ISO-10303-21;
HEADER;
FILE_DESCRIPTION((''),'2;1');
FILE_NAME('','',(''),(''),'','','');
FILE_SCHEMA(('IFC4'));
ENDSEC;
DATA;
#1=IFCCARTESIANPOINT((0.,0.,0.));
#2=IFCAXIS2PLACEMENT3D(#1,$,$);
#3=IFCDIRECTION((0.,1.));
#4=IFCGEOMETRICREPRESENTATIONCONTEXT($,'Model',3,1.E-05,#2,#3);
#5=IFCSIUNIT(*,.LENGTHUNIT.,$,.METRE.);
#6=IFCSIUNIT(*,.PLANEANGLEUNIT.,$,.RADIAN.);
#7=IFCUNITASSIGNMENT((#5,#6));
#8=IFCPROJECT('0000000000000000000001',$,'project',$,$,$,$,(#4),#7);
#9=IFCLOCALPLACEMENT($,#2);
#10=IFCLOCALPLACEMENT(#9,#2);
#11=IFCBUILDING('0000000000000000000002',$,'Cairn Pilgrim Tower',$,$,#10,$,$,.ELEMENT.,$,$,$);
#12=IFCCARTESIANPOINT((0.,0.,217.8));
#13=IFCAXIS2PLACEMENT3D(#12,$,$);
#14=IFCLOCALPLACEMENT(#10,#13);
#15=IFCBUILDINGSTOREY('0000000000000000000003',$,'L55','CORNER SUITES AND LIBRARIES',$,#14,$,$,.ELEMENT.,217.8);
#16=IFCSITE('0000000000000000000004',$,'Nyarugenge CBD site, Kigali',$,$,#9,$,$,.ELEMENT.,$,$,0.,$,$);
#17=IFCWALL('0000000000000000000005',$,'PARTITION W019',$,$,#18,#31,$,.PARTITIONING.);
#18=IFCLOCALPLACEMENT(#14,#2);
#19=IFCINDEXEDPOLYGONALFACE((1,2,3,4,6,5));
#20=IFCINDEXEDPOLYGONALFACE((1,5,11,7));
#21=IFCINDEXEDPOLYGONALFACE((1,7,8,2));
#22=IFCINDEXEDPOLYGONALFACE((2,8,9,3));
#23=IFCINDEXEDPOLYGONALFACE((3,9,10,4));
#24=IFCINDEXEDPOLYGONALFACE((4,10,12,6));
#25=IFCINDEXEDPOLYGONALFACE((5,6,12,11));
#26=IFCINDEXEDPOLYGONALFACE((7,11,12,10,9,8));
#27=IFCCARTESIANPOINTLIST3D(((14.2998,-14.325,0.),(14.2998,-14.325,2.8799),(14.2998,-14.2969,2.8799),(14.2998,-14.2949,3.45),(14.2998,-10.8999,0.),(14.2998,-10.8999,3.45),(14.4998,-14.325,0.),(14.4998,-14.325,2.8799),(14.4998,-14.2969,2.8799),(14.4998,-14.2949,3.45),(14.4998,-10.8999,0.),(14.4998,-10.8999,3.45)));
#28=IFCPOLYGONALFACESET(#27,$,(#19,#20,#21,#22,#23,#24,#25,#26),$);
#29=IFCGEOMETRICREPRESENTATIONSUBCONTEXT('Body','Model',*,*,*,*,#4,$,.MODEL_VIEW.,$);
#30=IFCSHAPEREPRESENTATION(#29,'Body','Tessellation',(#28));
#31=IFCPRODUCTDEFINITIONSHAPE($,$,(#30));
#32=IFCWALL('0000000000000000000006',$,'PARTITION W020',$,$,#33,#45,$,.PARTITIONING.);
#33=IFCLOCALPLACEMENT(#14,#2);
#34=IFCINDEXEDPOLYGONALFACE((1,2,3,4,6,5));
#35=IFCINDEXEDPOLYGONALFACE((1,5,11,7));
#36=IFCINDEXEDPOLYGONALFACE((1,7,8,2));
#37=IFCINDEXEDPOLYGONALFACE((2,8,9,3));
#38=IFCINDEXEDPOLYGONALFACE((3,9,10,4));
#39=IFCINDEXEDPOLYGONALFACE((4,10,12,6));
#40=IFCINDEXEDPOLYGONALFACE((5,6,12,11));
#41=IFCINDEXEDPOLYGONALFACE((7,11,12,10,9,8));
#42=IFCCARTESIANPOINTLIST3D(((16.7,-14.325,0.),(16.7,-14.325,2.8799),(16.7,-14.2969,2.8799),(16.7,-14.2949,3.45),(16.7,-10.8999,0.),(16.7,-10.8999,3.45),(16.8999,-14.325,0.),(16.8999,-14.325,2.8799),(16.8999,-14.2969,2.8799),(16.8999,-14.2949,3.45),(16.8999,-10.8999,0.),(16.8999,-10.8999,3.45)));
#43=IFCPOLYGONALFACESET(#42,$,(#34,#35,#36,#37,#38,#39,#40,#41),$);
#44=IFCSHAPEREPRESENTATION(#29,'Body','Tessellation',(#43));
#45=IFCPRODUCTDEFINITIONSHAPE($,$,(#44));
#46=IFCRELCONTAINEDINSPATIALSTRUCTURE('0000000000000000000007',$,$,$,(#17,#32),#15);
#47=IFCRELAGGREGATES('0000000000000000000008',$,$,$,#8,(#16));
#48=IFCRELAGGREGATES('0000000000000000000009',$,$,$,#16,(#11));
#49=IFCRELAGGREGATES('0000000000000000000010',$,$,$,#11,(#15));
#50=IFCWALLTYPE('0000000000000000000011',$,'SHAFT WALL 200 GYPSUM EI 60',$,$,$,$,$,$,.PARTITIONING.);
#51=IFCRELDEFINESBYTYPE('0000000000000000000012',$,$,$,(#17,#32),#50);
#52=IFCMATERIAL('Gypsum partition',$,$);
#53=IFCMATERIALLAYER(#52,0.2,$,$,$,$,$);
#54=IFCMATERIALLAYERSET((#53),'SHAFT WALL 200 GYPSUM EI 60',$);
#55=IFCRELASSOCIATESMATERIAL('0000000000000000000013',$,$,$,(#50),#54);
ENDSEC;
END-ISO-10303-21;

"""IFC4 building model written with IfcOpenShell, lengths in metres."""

from ifc_helpers import new_model, si_unit, direction, frame, origin, place, context, subcontext, project, spatial, polyline, outline, extrude, material, layer, layer_set, type_object, element, save


model = new_model("IFC4")

# Units and contexts
model_context = context("Model", 3, precision=1e-05, world=origin(), true_north=direction((0.0, 1.0)))
body_context = subcontext(model_context, "Body", "Model", "MODEL_VIEW")
ifc_project = project(units=[si_unit("LENGTHUNIT", "METRE"), si_unit("PLANEANGLEUNIT", "RADIAN")], contexts=[model_context])

# Site, building, storey
site_placement = place(None, origin())
site = spatial("IfcSite", under=ifc_project, at=site_placement, Name="Nyarugenge CBD site, Kigali", CompositionType="ELEMENT", RefElevation=0.0)
building_placement = place(site_placement, origin())
building = spatial("IfcBuilding", under=site, at=building_placement, Name="Cairn Pilgrim Tower", CompositionType="ELEMENT")
storey_placement = place(building_placement, frame((0.0, 0.0, 217.8)))
storey = spatial("IfcBuildingStorey", under=building, at=storey_placement, Name="L55", Description="CORNER SUITES AND LIBRARIES", CompositionType="ELEMENT", Elevation=217.8)

# Shared definitions
ifc_material_1 = material(Name="Gypsum partition")

# Walls
ifc_layer_1 = layer(ifc_material_1, 0.2)
ifc_layer_set_1 = layer_set([ifc_layer_1], Name="SHAFT WALL 200 GYPSUM EI 60")
wall_type_1 = type_object("IfcWallType", Name="SHAFT WALL 200 GYPSUM EI 60", PredefinedType="PARTITIONING", material=ifc_layer_set_1)
for number, where, z_axis, x_axis, name in (
    (1, (14.3999, -14.325, 0.0), (0.0, 0.0, 1.0), (0.0, 1.0, 0.0), "PARTITION W019"),
    (2, (16.8, -14.325, 0.0), (0.0, 0.0, 1.0), (0.0, 1.0, 0.0), "PARTITION W020"),
):
    element("IfcWall", number, at=place(storey_placement, frame(where, z_axis=z_axis, x_axis=x_axis)), inside=storey, type_object=wall_type_1, Name=name, PredefinedType="PARTITIONING", context=body_context, shape_type="SweptSolid", body=[
        extrude(outline(polyline([(0.0, 0.0), (3.425, 0.0), (3.425, 3.45), (0.03, 3.45), (0.0281, 2.8799), (0.0, 2.8799), (0.0, 0.0)])), frame((0.0, 0.1001, 0.0), z_axis=(0.0, -1.0, 0.0), x_axis=(1.0, 0.0, 0.0)), (0.0, 0.0, 1.0), 0.2),
    ])

save(model, "model.ifc")
